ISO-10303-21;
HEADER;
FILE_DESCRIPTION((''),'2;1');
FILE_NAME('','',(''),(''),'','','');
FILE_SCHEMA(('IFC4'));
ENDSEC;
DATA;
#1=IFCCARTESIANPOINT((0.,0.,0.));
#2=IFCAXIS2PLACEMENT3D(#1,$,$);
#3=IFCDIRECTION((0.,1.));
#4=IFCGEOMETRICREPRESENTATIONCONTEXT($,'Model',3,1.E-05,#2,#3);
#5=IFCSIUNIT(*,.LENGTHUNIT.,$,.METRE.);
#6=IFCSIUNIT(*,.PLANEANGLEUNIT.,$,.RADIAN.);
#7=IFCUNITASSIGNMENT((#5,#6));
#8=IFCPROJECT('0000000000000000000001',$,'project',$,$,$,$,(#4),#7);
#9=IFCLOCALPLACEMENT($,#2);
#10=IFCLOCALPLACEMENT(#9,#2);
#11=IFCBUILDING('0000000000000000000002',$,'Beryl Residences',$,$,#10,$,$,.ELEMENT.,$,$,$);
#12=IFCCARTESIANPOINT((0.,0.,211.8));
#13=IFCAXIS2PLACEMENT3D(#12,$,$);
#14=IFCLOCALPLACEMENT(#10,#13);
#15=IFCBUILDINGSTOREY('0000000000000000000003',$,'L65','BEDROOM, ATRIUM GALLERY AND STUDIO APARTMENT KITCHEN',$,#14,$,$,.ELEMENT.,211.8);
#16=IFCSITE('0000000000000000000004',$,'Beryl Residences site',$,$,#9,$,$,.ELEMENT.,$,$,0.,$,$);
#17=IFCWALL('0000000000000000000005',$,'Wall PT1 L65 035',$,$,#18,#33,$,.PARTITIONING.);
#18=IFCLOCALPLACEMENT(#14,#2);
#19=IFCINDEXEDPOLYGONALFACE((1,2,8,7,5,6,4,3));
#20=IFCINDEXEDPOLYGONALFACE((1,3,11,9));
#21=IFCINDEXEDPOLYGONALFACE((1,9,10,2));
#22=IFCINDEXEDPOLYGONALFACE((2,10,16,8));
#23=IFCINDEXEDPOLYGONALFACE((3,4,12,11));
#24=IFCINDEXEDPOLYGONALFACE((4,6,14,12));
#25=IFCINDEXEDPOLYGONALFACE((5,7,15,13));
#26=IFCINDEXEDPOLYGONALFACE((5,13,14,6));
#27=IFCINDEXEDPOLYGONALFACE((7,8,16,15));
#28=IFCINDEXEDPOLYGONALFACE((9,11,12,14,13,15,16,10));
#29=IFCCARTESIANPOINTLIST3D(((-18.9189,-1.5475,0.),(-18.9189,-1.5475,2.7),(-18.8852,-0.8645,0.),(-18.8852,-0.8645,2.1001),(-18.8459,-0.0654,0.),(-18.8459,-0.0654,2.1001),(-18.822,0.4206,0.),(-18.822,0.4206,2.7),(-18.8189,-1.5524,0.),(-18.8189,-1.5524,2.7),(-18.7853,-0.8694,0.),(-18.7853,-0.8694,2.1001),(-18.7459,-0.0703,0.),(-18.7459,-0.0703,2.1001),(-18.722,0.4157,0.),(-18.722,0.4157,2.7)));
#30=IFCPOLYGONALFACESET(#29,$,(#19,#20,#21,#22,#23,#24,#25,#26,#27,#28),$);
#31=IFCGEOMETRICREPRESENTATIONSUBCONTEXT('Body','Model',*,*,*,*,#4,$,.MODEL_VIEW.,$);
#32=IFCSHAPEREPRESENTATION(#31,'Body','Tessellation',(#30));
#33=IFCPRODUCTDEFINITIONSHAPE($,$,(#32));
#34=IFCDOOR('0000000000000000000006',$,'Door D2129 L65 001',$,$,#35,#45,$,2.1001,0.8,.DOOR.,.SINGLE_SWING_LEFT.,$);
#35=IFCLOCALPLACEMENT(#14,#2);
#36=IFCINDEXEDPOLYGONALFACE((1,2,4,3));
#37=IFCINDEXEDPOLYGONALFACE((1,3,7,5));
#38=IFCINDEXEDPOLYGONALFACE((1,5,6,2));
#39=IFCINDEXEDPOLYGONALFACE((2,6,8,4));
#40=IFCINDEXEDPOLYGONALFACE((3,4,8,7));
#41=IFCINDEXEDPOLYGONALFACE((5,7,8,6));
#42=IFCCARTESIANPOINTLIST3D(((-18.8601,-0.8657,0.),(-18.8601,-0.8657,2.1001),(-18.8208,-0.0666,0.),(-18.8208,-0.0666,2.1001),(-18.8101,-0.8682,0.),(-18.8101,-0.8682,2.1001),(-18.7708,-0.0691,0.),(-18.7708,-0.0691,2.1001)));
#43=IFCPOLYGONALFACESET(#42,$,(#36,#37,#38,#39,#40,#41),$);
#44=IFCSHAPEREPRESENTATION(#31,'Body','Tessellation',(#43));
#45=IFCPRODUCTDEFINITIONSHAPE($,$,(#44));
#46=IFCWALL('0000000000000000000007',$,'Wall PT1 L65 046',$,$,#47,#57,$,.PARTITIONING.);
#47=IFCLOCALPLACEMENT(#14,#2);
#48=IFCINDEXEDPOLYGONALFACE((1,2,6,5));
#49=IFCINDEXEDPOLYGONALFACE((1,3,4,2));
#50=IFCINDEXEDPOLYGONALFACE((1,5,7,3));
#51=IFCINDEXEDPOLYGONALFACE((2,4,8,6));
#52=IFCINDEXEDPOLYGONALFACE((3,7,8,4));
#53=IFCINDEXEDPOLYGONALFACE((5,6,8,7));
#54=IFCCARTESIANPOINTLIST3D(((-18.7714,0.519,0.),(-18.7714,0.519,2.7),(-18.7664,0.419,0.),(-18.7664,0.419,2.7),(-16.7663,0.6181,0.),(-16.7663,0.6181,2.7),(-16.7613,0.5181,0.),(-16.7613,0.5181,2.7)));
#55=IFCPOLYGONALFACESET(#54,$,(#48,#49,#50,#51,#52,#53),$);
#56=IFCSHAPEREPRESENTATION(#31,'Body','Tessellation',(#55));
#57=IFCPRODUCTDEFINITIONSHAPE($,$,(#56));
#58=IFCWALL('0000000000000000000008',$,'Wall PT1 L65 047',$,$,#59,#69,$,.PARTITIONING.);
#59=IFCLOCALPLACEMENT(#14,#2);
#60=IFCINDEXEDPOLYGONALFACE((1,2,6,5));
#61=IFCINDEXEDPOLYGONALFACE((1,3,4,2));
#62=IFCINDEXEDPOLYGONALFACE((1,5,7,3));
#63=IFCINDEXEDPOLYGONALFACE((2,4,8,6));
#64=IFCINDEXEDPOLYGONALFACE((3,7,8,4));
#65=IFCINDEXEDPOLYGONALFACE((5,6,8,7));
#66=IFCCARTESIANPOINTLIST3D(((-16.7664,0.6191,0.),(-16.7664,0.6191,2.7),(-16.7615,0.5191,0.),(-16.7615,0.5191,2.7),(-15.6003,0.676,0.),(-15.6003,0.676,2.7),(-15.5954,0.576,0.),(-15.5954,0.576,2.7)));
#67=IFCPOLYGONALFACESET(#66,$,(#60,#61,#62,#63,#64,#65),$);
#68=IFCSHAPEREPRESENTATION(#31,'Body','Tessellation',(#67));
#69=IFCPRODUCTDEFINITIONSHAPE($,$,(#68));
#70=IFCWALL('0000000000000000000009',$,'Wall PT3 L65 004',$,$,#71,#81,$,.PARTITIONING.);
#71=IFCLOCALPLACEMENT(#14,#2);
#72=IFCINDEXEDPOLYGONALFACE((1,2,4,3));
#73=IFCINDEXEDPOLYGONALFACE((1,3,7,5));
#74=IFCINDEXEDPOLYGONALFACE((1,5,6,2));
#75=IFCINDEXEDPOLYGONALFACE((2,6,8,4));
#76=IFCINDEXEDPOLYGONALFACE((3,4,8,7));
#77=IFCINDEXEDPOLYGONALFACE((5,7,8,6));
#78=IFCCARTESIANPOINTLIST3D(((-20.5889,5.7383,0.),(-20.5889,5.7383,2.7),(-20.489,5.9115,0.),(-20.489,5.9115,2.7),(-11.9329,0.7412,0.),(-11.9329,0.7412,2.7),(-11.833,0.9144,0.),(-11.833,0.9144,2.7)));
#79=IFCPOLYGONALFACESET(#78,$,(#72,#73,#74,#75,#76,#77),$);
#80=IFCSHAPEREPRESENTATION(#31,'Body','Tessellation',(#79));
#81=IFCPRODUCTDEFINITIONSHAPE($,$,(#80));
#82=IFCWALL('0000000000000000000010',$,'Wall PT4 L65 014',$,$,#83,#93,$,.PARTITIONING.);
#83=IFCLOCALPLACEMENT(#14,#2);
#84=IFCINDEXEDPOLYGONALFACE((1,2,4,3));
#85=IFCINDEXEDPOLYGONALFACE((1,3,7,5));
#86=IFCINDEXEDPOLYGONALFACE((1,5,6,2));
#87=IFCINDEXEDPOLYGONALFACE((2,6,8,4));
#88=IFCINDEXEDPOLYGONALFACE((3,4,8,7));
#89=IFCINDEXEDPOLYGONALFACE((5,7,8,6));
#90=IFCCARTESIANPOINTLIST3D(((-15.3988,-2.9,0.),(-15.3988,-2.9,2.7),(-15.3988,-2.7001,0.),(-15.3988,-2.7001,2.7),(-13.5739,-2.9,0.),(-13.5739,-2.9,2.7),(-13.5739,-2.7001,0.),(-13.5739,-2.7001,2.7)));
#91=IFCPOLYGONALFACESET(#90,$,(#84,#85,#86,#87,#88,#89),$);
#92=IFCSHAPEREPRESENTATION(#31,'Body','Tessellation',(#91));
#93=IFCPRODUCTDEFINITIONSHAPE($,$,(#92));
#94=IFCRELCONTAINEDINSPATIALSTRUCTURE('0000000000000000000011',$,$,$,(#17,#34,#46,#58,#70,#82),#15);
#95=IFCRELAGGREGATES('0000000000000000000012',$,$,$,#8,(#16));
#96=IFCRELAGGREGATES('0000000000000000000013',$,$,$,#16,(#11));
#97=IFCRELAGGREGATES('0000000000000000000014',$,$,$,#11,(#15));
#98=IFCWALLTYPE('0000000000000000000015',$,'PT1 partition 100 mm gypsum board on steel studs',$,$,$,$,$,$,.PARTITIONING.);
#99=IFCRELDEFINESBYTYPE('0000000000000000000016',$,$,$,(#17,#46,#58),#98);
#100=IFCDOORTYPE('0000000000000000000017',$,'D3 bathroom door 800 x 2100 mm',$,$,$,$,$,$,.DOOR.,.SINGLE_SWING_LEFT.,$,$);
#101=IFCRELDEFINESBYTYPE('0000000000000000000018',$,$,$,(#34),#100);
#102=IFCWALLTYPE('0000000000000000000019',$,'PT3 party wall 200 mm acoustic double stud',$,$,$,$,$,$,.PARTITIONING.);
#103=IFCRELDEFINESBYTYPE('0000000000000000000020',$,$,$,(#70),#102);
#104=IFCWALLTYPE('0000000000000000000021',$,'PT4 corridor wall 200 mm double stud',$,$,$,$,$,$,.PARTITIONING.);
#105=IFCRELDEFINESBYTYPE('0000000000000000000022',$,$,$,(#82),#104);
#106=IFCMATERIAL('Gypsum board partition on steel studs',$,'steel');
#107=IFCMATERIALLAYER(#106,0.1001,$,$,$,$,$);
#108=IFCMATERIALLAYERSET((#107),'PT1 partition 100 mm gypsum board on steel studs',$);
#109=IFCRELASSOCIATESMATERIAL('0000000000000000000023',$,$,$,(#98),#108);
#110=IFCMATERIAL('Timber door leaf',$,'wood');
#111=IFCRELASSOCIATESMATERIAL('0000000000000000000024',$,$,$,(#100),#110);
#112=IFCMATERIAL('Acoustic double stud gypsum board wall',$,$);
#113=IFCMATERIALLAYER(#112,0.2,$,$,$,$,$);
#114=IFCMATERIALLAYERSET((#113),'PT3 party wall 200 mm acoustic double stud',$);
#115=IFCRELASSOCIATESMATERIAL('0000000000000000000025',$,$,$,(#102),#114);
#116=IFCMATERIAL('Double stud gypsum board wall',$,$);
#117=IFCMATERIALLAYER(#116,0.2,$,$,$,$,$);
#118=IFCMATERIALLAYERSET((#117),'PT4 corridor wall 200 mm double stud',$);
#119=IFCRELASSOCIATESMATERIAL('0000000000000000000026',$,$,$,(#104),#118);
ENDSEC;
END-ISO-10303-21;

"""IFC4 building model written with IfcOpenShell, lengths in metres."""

from ifc_helpers import new_model, si_unit, direction, frame, frame_2d, origin, place, context, subcontext, project, spatial, rectangle, extrude, material, layer, layer_set, type_object, element, fill, save


model = new_model("IFC4")

# Units and contexts
model_context = context("Model", 3, precision=1e-05, world=origin(), true_north=direction((0.0, 1.0)))
body_context = subcontext(model_context, "Body", "Model", "MODEL_VIEW")
ifc_project = project(units=[si_unit("LENGTHUNIT", "METRE"), si_unit("PLANEANGLEUNIT", "RADIAN")], contexts=[model_context])

# Site, building, storey
site_placement = place(None, origin())
site = spatial("IfcSite", under=ifc_project, at=site_placement, Name="Beryl Residences site", CompositionType="ELEMENT", RefElevation=0.0)
building_placement = place(site_placement, origin())
building = spatial("IfcBuilding", under=site, at=building_placement, Name="Beryl Residences", CompositionType="ELEMENT")
storey_placement = place(building_placement, frame((0.0, 0.0, 211.8)))
storey = spatial("IfcBuildingStorey", under=building, at=storey_placement, Name="L65", Description="BEDROOM, ATRIUM GALLERY AND STUDIO APARTMENT KITCHEN", CompositionType="ELEMENT", Elevation=211.8)

# Shared definitions
ifc_material_1 = material(Name="Gypsum board partition on steel studs", Category="steel")
ifc_layer_1 = layer(ifc_material_1, 0.1001)
ifc_layer_set_1 = layer_set([ifc_layer_1], Name="PT1 partition 100 mm gypsum board on steel studs")
wall_type_1 = type_object("IfcWallType", Name="PT1 partition 100 mm gypsum board on steel studs", PredefinedType="PARTITIONING", material=ifc_layer_set_1)
ifc_material_2 = material(Name="Timber door leaf", Category="wood")
door_type_1 = type_object("IfcDoorType", Name="D3 bathroom door 800 x 2100 mm", OperationType="SINGLE_SWING_LEFT", PredefinedType="DOOR", material=ifc_material_2)

# Wall, opening, door
wall_1_placement = place(storey_placement, frame((-18.8689, -1.55, 0.0), z_axis=(0.0, 0.0, 1.0), x_axis=(0.04919, 0.998789, 0.0)))
wall_1 = element("IfcWall", 1, at=wall_1_placement, inside=storey, type_object=wall_type_1, Name="Wall PT1 L65 035", PredefinedType="PARTITIONING", context=body_context, shape_type="SweptSolid", body=[
    extrude(rectangle(XDim=1.9705, YDim=0.1001, at=frame_2d((0.9854, 0.0))), origin(), (0.0, 0.0, 1.0), 2.7),
])
opening_1_placement = place(wall_1_placement, frame((0.6841, 0.0, 0.0)))
opening_1 = element("IfcOpeningElement", 2, at=opening_1_placement, cuts=wall_1, PredefinedType="OPENING", context=body_context, shape_type="SweptSolid", body=[
    extrude(rectangle(XDim=0.8, YDim=2.1001, at=frame_2d((0.3999, 1.05))), frame((0.0, 0.0601, 0.0), z_axis=(0.0, -1.0, 0.0), x_axis=(1.0, 0.0, 0.0)), (0.0, 0.0, 1.0), 0.1201),
])
door_1_placement = place(opening_1_placement, origin())
door_1 = element("IfcDoor", 3, at=door_1_placement, inside=storey, type_object=door_type_1, Name="Door D2129 L65 001", OperationType="SINGLE_SWING_LEFT", OverallHeight=2.1001, OverallWidth=0.8, PredefinedType="DOOR", context=body_context, shape_type="SweptSolid", body=[
    extrude(rectangle(XDim=0.8, YDim=2.1001, at=frame_2d((0.3999, 1.05))), frame((0.0, 0.0249, 0.0), z_axis=(0.0, -1.0, 0.0), x_axis=(1.0, 0.0, 0.0)), (0.0, 0.0, 1.0), 0.05),
])
fill(opening_1, door_1)

# Walls
wall_2_placement = place(storey_placement, frame((-18.769, 0.469, 0.0), z_axis=(0.0, 0.0, 1.0), x_axis=(0.99878, 0.049374, 0.0)))
element("IfcWall", 4, at=wall_2_placement, inside=storey, type_object=wall_type_1, Name="Wall PT1 L65 046", PredefinedType="PARTITIONING", context=body_context, shape_type="SweptSolid", body=[
    extrude(rectangle(XDim=2.0076, YDim=0.1001, at=frame_2d((1.0039, 0.0))), origin(), (0.0, 0.0, 1.0), 2.7),
])
wall_3_placement = place(storey_placement, frame((-16.7639, 0.5691, 0.0), z_axis=(0.0, 0.0, 1.0), x_axis=(0.998812, 0.048728, 0.0)))
element("IfcWall", 5, at=wall_3_placement, inside=storey, type_object=wall_type_1, Name="Wall PT1 L65 047", PredefinedType="PARTITIONING", context=body_context, shape_type="SweptSolid", body=[
    extrude(rectangle(XDim=1.1675, YDim=0.1001, at=frame_2d((0.5837, 0.0))), origin(), (0.0, 0.0, 1.0), 2.7),
])
ifc_material_3 = material(Name="Acoustic double stud gypsum board wall")
ifc_layer_2 = layer(ifc_material_3, 0.2)
ifc_layer_set_2 = layer_set([ifc_layer_2], Name="PT3 party wall 200 mm acoustic double stud")
wall_type_2 = type_object("IfcWallType", Name="PT3 party wall 200 mm acoustic double stud", PredefinedType="PARTITIONING", material=ifc_layer_set_2)
wall_4_placement = place(storey_placement, frame((-20.5391, 5.825, 0.0), z_axis=(0.0, 0.0, 1.0), x_axis=(0.866046, -0.499964, 0.0)))
element("IfcWall", 6, at=wall_4_placement, inside=storey, type_object=wall_type_2, Name="Wall PT3 L65 004", PredefinedType="PARTITIONING", context=body_context, shape_type="SweptSolid", body=[
    extrude(rectangle(XDim=9.9949, YDim=0.2, at=frame_2d((4.9976, 0.0))), origin(), (0.0, 0.0, 1.0), 2.7),
])
ifc_material_4 = material(Name="Double stud gypsum board wall")
ifc_layer_3 = layer(ifc_material_4, 0.2)
ifc_layer_set_3 = layer_set([ifc_layer_3], Name="PT4 corridor wall 200 mm double stud")
wall_type_3 = type_object("IfcWallType", Name="PT4 corridor wall 200 mm double stud", PredefinedType="PARTITIONING", material=ifc_layer_set_3)
wall_5_placement = place(storey_placement, frame((-15.3989, -2.8, 0.0), z_axis=(0.0, 0.0, 1.0), x_axis=(1.0, 0.0, 0.0)))
element("IfcWall", 7, at=wall_5_placement, inside=storey, type_object=wall_type_3, Name="Wall PT4 L65 014", PredefinedType="PARTITIONING", context=body_context, shape_type="SweptSolid", body=[
    extrude(rectangle(XDim=1.825, YDim=0.2, at=frame_2d((0.9126, 0.0))), origin(), (0.0, 0.0, 1.0), 2.7),
])

save(model, "model.ifc")
